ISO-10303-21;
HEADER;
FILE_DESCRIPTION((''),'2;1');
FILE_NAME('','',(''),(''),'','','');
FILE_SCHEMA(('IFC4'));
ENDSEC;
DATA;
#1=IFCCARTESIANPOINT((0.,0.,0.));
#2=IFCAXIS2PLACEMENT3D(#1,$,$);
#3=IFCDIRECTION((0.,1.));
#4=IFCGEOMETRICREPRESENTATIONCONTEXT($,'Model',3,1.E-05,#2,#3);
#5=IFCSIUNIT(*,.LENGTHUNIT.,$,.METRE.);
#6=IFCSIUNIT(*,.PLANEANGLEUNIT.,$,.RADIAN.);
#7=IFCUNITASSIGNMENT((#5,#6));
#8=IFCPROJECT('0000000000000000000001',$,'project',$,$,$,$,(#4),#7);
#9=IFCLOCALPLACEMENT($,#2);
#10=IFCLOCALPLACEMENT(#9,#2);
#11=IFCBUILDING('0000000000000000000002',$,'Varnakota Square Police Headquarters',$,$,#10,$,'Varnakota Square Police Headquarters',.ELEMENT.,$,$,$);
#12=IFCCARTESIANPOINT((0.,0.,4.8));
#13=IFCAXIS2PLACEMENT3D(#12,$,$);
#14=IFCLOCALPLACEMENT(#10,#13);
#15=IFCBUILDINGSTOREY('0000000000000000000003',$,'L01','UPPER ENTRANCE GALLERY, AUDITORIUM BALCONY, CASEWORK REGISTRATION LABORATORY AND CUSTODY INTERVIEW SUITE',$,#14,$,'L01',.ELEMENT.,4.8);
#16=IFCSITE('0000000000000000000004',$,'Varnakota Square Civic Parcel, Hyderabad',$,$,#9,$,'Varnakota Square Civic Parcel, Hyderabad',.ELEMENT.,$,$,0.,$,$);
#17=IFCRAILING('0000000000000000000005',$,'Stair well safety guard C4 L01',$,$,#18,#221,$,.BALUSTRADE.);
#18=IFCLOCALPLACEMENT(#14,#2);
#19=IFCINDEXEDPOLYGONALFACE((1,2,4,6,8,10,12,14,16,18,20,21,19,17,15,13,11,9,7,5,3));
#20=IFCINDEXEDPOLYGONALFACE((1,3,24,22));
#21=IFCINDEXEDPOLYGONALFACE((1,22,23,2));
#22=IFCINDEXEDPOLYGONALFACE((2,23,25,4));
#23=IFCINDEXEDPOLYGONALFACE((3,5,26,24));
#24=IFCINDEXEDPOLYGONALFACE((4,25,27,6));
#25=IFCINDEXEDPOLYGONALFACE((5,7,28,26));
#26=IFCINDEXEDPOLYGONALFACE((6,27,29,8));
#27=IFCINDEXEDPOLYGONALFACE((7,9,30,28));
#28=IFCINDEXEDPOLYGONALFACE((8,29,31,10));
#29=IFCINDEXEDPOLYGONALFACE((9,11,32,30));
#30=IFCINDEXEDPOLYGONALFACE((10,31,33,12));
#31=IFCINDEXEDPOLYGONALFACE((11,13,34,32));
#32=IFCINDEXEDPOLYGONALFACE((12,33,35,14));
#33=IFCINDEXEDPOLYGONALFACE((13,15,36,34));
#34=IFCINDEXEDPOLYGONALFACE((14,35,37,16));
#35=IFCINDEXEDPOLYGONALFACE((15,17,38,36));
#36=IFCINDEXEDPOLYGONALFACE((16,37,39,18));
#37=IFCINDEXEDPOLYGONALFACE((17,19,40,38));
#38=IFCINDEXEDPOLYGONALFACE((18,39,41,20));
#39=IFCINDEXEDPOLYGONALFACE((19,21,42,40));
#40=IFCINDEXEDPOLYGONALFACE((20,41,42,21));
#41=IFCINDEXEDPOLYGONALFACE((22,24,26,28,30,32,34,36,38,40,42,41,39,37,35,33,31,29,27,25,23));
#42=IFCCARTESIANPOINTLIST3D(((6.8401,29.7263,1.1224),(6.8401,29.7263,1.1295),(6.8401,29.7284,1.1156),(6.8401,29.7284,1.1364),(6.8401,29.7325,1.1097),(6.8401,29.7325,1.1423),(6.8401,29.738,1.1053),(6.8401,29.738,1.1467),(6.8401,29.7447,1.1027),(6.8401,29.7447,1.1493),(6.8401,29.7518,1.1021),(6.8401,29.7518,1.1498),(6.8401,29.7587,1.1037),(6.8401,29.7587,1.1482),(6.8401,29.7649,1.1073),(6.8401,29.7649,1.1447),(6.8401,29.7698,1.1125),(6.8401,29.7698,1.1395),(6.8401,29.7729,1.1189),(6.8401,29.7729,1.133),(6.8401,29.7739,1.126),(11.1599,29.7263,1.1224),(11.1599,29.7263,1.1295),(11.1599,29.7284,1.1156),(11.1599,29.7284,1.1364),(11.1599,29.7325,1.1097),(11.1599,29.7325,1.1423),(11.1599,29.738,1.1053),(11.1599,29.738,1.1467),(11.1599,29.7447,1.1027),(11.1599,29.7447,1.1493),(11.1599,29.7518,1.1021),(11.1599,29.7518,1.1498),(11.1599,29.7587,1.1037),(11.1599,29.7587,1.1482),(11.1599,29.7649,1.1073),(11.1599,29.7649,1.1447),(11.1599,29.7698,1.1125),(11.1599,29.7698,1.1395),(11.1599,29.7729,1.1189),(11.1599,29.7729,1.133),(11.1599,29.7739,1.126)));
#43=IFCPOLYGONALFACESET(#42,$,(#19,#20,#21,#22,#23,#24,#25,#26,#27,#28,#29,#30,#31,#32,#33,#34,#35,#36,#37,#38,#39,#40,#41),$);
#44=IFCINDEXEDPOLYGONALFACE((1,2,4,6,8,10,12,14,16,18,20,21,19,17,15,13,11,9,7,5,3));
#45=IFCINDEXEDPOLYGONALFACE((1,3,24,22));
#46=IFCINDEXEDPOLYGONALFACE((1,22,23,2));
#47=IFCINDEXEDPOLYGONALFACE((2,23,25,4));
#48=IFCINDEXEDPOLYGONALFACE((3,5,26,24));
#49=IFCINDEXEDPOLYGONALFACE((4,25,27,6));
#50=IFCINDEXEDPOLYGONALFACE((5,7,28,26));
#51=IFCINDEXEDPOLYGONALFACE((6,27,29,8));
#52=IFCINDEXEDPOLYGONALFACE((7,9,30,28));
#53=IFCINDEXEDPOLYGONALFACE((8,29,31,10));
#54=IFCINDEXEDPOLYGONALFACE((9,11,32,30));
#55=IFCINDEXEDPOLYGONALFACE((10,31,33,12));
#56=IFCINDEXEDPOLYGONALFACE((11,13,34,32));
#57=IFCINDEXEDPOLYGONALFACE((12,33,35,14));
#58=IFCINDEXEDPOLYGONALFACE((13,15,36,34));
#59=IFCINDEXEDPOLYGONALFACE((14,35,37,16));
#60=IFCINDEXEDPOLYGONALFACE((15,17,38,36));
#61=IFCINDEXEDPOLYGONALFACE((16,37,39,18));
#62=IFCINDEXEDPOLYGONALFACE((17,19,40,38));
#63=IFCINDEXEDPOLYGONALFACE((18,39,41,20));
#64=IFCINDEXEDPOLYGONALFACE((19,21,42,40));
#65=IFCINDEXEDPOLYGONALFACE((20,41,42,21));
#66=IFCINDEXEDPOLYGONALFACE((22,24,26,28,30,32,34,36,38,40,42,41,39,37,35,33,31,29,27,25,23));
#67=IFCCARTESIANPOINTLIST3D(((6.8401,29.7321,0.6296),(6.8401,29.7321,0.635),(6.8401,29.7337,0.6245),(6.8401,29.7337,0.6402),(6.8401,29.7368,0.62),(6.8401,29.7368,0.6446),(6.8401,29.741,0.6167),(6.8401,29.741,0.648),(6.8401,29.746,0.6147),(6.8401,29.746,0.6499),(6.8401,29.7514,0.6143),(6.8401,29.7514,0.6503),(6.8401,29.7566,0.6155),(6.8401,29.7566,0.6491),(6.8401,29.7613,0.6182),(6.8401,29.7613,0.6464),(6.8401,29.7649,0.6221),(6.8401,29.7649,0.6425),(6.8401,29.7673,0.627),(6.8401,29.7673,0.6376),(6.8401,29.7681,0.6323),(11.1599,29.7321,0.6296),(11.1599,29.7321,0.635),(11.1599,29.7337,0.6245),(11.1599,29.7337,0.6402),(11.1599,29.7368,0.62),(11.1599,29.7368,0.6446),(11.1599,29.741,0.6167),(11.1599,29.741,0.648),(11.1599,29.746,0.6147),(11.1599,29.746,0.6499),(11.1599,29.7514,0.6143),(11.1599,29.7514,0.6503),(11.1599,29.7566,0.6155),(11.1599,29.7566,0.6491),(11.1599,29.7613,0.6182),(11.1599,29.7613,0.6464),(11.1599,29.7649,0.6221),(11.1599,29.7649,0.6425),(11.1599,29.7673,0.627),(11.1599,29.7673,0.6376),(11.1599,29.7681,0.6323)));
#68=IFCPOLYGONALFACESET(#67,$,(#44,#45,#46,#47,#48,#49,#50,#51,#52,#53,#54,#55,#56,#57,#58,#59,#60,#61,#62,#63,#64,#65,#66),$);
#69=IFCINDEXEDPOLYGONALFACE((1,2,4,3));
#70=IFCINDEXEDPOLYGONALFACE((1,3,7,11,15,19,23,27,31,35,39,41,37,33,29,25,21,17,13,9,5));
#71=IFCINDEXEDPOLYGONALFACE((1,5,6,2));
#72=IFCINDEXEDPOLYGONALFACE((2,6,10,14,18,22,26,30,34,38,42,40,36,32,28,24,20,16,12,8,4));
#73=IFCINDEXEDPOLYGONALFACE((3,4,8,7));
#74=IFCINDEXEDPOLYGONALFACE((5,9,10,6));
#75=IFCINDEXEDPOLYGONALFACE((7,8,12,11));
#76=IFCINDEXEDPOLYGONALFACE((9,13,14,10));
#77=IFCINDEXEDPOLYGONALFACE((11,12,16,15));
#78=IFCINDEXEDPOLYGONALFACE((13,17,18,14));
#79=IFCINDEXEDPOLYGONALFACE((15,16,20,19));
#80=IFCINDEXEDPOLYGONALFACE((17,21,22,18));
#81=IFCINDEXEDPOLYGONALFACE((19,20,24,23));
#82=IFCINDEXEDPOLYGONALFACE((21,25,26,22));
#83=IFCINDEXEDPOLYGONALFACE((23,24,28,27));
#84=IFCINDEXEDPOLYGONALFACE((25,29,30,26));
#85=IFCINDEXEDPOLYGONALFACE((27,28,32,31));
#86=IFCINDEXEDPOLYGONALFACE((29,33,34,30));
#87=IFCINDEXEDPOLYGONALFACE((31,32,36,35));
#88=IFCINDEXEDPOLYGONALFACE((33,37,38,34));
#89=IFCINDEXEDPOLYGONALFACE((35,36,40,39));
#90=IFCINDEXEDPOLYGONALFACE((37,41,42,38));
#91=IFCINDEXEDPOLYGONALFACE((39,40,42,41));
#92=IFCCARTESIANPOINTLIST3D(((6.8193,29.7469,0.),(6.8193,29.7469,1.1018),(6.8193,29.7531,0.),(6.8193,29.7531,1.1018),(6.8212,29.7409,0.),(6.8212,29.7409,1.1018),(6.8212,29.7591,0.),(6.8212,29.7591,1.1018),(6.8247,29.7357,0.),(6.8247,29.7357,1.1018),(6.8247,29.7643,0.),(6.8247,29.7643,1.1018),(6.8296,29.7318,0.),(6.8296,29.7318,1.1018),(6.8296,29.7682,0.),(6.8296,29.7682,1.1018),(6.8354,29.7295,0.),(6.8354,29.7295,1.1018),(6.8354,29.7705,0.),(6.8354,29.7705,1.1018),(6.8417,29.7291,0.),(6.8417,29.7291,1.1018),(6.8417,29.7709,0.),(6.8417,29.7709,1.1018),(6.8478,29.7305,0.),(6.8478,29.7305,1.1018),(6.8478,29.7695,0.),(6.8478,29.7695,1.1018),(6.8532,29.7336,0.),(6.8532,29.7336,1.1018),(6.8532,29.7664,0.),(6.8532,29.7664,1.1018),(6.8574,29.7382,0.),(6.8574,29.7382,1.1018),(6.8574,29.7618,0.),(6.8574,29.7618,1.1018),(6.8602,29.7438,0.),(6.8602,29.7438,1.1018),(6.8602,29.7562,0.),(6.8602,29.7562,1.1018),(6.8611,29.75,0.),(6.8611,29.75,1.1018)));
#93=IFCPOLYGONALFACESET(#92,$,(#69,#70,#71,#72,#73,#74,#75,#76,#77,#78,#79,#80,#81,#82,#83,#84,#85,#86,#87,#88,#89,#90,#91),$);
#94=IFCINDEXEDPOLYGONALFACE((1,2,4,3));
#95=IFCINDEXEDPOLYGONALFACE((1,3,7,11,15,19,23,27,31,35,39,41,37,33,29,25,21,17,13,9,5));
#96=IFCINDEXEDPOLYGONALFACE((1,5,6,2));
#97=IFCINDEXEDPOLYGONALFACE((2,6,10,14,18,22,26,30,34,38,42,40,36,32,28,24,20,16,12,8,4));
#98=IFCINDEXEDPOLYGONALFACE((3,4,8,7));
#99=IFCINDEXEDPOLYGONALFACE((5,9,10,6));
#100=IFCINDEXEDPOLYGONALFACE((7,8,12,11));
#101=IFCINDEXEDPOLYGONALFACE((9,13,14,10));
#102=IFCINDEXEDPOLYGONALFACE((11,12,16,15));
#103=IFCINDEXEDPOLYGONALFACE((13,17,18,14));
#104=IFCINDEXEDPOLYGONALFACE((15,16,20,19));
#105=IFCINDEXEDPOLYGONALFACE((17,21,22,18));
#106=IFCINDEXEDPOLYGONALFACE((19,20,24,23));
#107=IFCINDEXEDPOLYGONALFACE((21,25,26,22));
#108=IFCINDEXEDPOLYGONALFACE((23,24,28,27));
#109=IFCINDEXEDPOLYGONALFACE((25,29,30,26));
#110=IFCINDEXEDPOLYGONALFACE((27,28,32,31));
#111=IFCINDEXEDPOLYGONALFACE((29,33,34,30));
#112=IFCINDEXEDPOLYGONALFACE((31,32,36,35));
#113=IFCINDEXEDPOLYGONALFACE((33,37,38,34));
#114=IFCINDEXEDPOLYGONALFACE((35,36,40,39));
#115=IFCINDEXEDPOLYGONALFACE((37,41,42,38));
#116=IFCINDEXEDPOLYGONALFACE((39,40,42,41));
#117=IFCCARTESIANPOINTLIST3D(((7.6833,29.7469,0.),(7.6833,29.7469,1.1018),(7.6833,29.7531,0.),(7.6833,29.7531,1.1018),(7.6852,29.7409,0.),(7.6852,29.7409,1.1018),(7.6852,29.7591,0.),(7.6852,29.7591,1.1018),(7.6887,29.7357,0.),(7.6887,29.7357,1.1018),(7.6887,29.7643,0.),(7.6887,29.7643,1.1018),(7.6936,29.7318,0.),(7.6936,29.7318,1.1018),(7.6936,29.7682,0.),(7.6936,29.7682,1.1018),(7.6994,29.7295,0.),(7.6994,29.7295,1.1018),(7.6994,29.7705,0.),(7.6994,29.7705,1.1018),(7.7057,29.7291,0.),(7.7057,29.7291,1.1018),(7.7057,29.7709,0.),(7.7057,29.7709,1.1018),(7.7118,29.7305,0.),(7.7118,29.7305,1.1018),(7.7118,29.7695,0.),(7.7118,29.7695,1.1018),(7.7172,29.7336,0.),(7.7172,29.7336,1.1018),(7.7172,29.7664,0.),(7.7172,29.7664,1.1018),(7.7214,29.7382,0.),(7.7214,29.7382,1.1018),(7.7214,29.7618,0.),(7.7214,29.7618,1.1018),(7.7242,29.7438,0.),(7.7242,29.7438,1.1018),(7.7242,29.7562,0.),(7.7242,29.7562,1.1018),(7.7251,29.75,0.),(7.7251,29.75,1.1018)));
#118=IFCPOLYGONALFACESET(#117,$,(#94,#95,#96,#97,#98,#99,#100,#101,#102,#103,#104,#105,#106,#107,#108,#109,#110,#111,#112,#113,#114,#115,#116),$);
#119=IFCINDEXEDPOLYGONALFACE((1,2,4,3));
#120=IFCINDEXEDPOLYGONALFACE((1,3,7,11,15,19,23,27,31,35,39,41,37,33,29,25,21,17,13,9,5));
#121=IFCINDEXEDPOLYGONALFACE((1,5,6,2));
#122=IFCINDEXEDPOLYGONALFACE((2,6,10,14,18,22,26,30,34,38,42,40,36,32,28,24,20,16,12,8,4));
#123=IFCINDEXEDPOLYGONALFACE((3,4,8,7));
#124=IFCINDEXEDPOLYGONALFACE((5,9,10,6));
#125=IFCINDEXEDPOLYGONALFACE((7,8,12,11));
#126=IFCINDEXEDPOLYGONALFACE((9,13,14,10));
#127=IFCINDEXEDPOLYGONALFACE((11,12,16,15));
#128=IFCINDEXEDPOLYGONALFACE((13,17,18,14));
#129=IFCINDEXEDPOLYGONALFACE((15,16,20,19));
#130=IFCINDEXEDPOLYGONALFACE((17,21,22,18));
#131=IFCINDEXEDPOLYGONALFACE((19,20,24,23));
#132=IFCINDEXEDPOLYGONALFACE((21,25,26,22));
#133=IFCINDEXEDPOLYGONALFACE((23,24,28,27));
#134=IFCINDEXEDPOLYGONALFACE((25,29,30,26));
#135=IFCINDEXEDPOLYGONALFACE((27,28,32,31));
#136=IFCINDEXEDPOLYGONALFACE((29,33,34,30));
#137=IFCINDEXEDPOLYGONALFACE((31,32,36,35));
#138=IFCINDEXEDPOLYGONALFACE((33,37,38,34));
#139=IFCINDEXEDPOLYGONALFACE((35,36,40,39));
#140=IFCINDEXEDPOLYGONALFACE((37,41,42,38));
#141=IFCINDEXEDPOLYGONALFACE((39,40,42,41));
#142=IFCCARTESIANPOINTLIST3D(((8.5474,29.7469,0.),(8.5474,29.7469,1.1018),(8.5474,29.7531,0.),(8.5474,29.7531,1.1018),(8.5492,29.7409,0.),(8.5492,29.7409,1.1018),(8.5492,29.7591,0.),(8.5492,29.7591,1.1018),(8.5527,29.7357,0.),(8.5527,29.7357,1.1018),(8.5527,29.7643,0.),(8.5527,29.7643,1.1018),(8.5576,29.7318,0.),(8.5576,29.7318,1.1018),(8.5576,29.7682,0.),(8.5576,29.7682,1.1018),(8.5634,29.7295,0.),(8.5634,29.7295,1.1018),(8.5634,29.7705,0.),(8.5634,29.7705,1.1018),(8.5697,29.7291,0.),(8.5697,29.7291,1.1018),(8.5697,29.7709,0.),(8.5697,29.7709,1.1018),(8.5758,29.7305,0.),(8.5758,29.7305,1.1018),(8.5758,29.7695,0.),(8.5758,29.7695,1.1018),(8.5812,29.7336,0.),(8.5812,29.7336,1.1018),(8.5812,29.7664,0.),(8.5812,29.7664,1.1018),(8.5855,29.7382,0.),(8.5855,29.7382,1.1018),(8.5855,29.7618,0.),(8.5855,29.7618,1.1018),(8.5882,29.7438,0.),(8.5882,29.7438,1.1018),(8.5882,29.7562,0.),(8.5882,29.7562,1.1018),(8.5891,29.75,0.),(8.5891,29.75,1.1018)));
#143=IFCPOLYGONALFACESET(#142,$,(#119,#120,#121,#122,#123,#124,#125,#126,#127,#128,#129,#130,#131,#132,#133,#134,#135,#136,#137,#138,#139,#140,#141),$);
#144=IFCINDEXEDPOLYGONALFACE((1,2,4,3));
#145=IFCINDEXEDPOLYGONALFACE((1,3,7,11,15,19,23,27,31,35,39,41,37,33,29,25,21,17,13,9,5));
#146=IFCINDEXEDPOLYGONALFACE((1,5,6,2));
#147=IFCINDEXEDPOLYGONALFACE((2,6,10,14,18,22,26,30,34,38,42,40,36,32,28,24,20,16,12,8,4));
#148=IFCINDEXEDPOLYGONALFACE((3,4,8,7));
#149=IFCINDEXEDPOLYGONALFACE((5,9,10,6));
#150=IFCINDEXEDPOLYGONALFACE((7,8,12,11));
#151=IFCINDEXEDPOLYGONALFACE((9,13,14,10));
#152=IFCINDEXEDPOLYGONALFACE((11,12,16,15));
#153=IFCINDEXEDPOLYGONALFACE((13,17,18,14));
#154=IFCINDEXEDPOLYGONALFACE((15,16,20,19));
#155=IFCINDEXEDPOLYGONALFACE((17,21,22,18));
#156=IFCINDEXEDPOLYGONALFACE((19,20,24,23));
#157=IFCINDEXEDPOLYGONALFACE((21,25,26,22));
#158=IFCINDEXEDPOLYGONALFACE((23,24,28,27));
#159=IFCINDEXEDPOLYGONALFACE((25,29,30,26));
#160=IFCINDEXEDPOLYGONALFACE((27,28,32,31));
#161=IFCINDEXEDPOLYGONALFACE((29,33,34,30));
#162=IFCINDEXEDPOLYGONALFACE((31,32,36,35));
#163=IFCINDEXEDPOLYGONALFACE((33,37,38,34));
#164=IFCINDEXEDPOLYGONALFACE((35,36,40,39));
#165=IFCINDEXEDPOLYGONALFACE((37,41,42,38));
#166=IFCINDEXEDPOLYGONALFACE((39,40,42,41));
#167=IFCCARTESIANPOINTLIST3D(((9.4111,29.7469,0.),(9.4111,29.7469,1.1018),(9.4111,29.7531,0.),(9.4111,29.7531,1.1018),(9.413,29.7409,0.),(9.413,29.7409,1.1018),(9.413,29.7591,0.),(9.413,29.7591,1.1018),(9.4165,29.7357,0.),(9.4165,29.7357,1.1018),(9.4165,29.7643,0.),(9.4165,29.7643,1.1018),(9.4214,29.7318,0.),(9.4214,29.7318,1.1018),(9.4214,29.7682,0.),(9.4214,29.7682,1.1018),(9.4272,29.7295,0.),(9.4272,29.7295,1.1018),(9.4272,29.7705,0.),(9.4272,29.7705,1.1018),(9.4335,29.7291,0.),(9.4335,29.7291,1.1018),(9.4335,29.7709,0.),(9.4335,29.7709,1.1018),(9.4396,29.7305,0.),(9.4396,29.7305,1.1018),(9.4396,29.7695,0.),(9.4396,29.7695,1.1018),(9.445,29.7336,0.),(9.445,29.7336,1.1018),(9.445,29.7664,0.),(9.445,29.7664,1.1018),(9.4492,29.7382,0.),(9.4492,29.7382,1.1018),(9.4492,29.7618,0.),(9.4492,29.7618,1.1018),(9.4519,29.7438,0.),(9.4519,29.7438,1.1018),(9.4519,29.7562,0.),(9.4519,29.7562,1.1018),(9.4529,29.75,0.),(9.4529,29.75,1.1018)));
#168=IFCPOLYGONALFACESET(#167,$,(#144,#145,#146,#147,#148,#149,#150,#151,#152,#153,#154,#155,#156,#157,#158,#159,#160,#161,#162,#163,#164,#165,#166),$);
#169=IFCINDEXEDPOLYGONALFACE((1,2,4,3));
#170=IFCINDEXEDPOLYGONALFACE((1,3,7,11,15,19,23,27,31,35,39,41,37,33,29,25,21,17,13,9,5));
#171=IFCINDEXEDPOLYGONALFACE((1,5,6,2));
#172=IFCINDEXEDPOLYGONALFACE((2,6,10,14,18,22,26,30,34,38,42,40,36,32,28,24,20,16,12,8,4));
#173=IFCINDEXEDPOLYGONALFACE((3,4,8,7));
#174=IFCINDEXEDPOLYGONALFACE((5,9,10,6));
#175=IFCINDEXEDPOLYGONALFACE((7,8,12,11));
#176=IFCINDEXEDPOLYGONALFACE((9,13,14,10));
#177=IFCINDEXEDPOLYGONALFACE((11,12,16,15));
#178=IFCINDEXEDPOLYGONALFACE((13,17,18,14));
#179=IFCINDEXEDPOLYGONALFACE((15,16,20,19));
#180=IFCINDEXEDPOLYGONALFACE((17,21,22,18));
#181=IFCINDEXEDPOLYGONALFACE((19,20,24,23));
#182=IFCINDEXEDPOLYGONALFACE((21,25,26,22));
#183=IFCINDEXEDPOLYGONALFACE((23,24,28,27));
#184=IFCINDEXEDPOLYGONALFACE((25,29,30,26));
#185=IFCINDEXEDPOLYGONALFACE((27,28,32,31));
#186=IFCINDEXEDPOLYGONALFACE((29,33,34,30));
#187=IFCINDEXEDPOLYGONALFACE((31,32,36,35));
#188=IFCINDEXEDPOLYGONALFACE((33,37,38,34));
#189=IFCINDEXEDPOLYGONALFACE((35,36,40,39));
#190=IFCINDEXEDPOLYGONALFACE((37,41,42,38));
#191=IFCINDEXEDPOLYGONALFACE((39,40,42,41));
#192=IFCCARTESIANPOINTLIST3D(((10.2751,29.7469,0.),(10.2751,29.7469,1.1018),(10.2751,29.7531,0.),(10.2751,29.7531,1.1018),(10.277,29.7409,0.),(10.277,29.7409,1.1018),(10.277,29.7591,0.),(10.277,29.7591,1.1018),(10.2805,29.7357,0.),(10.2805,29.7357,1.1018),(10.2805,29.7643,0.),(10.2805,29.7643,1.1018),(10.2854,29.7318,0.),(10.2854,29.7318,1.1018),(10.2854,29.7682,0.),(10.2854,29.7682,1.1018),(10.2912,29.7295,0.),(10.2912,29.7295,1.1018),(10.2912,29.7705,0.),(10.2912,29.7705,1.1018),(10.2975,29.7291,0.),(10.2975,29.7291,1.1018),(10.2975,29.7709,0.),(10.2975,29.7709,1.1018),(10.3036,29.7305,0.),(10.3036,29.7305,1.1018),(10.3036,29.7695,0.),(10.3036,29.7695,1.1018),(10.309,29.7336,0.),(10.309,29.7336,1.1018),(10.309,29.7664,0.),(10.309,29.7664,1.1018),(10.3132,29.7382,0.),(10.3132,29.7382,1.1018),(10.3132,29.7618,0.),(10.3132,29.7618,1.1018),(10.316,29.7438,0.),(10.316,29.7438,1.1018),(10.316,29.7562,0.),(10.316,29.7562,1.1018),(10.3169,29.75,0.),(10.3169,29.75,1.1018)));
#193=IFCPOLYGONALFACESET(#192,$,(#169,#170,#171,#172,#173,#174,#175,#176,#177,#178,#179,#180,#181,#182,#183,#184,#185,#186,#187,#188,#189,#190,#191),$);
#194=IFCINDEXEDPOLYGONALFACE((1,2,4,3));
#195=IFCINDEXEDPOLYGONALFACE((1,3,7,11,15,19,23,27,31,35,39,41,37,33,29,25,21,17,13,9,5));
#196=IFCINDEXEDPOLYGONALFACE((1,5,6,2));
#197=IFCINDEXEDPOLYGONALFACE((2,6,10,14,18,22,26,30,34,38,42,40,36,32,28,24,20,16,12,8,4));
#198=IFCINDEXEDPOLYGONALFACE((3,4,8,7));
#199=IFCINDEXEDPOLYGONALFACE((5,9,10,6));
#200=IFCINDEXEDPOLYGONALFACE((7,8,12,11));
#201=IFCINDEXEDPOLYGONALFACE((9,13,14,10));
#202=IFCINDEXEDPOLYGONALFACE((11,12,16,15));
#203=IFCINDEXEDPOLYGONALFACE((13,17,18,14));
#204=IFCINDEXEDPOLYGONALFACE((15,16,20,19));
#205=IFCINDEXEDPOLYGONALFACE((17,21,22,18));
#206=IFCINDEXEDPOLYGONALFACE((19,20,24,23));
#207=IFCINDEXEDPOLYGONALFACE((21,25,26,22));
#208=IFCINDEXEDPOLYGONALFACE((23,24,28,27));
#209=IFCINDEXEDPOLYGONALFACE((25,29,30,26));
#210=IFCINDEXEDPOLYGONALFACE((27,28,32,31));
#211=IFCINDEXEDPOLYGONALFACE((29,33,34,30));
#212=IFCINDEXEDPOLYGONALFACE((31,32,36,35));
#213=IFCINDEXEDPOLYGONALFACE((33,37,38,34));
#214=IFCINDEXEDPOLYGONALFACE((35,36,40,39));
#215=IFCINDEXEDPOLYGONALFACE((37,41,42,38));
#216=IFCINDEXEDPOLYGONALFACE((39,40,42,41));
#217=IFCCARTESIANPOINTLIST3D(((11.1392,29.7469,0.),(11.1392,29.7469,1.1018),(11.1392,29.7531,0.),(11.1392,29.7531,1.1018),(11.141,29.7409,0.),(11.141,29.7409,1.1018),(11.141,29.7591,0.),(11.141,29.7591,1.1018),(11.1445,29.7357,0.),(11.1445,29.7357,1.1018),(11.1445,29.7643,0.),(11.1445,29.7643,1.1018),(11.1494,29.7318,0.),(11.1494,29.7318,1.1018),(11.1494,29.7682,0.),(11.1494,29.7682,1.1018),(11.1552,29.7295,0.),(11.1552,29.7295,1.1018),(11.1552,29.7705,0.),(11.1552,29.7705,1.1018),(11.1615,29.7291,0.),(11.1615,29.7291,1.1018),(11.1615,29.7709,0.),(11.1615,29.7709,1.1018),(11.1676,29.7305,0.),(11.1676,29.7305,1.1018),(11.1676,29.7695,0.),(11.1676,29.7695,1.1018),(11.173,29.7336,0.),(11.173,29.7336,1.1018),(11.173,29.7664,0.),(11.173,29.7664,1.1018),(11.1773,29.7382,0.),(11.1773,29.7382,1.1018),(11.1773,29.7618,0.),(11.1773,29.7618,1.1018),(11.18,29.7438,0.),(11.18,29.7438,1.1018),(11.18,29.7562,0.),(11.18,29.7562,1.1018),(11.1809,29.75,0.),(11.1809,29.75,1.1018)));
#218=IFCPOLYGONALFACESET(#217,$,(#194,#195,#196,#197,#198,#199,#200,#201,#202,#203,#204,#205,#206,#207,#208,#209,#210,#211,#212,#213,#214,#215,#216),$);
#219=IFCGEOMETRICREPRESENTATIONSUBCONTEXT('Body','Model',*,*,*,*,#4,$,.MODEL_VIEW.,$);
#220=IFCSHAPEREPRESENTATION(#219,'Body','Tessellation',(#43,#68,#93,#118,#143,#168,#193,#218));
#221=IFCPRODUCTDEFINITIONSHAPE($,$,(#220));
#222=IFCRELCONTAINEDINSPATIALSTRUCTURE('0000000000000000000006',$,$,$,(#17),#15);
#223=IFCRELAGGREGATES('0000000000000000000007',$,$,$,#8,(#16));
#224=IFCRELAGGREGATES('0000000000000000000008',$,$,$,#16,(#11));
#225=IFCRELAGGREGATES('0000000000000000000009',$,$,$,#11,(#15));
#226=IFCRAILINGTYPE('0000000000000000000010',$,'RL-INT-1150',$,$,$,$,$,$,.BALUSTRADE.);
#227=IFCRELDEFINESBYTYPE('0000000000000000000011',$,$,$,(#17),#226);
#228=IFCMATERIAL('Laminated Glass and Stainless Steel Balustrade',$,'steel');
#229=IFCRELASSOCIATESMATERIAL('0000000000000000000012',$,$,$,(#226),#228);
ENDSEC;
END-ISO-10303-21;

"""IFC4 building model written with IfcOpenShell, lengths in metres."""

from ifc_helpers import new_model, si_unit, direction, frame, origin, origin_2d, place, context, subcontext, project, spatial, circle, extrude, material, type_object, element, save


model = new_model("IFC4")

# Units and contexts
model_context = context("Model", 3, precision=1e-05, world=origin(), true_north=direction((0.0, 1.0)))
body_context = subcontext(model_context, "Body", "Model", "MODEL_VIEW")
ifc_project = project(units=[si_unit("LENGTHUNIT", "METRE"), si_unit("PLANEANGLEUNIT", "RADIAN")], contexts=[model_context])

# Site, building, storey
site_placement = place(None, origin())
site = spatial("IfcSite", under=ifc_project, at=site_placement, Name="Varnakota Square Civic Parcel, Hyderabad", LongName="Varnakota Square Civic Parcel, Hyderabad", CompositionType="ELEMENT", RefElevation=0.0)
building_placement = place(site_placement, origin())
building = spatial("IfcBuilding", under=site, at=building_placement, Name="Varnakota Square Police Headquarters", LongName="Varnakota Square Police Headquarters", CompositionType="ELEMENT")
storey_placement = place(building_placement, frame((0.0, 0.0, 4.8)))
storey = spatial("IfcBuildingStorey", under=building, at=storey_placement, Name="L01", Description="UPPER ENTRANCE GALLERY, AUDITORIUM BALCONY, CASEWORK REGISTRATION LABORATORY AND CUSTODY INTERVIEW SUITE", LongName="L01", CompositionType="ELEMENT", Elevation=4.8)

# Railing
ifc_material_1 = material(Name="Laminated Glass and Stainless Steel Balustrade", Category="steel")
railing_type_1 = type_object("IfcRailingType", Name="RL-INT-1150", PredefinedType="BALUSTRADE", material=ifc_material_1)
railing_1_placement = place(storey_placement, frame((6.8401, 29.75, 0.0)))
element("IfcRailing", 1, at=railing_1_placement, inside=storey, type_object=railing_type_1, Name="Stair well safety guard C4 L01", PredefinedType="BALUSTRADE", context=body_context, shape_type="SweptSolid", body=[
    extrude(circle(Radius=0.0239, at=origin_2d()), frame((0.0, 0.0, 1.126), z_axis=(1.0, 0.0, 0.0), x_axis=(0.0, 1.0, 0.0)), (0.0, 0.0, 1.0), 4.3198),
    extrude(circle(Radius=0.0181, at=origin_2d()), frame((0.0, 0.0, 0.6323), z_axis=(1.0, 0.0, 0.0), x_axis=(0.0, 1.0, 0.0)), (0.0, 0.0, 1.0), 4.3198),
    extrude(circle(Radius=0.021, at=origin_2d()), origin(), (0.0, 0.0, 1.0), 1.1018),
    extrude(circle(Radius=0.021, at=origin_2d()), frame((0.864, 0.0, 0.0)), (0.0, 0.0, 1.0), 1.1018),
    extrude(circle(Radius=0.021, at=origin_2d()), frame((1.728, 0.0, 0.0)), (0.0, 0.0, 1.0), 1.1018),
    extrude(circle(Radius=0.021, at=origin_2d()), frame((2.5918, 0.0, 0.0)), (0.0, 0.0, 1.0), 1.1018),
    extrude(circle(Radius=0.021, at=origin_2d()), frame((3.4558, 0.0, 0.0)), (0.0, 0.0, 1.0), 1.1018),
    extrude(circle(Radius=0.021, at=origin_2d()), frame((4.3198, 0.0, 0.0)), (0.0, 0.0, 1.0), 1.1018),
])

save(model, "model.ifc")
